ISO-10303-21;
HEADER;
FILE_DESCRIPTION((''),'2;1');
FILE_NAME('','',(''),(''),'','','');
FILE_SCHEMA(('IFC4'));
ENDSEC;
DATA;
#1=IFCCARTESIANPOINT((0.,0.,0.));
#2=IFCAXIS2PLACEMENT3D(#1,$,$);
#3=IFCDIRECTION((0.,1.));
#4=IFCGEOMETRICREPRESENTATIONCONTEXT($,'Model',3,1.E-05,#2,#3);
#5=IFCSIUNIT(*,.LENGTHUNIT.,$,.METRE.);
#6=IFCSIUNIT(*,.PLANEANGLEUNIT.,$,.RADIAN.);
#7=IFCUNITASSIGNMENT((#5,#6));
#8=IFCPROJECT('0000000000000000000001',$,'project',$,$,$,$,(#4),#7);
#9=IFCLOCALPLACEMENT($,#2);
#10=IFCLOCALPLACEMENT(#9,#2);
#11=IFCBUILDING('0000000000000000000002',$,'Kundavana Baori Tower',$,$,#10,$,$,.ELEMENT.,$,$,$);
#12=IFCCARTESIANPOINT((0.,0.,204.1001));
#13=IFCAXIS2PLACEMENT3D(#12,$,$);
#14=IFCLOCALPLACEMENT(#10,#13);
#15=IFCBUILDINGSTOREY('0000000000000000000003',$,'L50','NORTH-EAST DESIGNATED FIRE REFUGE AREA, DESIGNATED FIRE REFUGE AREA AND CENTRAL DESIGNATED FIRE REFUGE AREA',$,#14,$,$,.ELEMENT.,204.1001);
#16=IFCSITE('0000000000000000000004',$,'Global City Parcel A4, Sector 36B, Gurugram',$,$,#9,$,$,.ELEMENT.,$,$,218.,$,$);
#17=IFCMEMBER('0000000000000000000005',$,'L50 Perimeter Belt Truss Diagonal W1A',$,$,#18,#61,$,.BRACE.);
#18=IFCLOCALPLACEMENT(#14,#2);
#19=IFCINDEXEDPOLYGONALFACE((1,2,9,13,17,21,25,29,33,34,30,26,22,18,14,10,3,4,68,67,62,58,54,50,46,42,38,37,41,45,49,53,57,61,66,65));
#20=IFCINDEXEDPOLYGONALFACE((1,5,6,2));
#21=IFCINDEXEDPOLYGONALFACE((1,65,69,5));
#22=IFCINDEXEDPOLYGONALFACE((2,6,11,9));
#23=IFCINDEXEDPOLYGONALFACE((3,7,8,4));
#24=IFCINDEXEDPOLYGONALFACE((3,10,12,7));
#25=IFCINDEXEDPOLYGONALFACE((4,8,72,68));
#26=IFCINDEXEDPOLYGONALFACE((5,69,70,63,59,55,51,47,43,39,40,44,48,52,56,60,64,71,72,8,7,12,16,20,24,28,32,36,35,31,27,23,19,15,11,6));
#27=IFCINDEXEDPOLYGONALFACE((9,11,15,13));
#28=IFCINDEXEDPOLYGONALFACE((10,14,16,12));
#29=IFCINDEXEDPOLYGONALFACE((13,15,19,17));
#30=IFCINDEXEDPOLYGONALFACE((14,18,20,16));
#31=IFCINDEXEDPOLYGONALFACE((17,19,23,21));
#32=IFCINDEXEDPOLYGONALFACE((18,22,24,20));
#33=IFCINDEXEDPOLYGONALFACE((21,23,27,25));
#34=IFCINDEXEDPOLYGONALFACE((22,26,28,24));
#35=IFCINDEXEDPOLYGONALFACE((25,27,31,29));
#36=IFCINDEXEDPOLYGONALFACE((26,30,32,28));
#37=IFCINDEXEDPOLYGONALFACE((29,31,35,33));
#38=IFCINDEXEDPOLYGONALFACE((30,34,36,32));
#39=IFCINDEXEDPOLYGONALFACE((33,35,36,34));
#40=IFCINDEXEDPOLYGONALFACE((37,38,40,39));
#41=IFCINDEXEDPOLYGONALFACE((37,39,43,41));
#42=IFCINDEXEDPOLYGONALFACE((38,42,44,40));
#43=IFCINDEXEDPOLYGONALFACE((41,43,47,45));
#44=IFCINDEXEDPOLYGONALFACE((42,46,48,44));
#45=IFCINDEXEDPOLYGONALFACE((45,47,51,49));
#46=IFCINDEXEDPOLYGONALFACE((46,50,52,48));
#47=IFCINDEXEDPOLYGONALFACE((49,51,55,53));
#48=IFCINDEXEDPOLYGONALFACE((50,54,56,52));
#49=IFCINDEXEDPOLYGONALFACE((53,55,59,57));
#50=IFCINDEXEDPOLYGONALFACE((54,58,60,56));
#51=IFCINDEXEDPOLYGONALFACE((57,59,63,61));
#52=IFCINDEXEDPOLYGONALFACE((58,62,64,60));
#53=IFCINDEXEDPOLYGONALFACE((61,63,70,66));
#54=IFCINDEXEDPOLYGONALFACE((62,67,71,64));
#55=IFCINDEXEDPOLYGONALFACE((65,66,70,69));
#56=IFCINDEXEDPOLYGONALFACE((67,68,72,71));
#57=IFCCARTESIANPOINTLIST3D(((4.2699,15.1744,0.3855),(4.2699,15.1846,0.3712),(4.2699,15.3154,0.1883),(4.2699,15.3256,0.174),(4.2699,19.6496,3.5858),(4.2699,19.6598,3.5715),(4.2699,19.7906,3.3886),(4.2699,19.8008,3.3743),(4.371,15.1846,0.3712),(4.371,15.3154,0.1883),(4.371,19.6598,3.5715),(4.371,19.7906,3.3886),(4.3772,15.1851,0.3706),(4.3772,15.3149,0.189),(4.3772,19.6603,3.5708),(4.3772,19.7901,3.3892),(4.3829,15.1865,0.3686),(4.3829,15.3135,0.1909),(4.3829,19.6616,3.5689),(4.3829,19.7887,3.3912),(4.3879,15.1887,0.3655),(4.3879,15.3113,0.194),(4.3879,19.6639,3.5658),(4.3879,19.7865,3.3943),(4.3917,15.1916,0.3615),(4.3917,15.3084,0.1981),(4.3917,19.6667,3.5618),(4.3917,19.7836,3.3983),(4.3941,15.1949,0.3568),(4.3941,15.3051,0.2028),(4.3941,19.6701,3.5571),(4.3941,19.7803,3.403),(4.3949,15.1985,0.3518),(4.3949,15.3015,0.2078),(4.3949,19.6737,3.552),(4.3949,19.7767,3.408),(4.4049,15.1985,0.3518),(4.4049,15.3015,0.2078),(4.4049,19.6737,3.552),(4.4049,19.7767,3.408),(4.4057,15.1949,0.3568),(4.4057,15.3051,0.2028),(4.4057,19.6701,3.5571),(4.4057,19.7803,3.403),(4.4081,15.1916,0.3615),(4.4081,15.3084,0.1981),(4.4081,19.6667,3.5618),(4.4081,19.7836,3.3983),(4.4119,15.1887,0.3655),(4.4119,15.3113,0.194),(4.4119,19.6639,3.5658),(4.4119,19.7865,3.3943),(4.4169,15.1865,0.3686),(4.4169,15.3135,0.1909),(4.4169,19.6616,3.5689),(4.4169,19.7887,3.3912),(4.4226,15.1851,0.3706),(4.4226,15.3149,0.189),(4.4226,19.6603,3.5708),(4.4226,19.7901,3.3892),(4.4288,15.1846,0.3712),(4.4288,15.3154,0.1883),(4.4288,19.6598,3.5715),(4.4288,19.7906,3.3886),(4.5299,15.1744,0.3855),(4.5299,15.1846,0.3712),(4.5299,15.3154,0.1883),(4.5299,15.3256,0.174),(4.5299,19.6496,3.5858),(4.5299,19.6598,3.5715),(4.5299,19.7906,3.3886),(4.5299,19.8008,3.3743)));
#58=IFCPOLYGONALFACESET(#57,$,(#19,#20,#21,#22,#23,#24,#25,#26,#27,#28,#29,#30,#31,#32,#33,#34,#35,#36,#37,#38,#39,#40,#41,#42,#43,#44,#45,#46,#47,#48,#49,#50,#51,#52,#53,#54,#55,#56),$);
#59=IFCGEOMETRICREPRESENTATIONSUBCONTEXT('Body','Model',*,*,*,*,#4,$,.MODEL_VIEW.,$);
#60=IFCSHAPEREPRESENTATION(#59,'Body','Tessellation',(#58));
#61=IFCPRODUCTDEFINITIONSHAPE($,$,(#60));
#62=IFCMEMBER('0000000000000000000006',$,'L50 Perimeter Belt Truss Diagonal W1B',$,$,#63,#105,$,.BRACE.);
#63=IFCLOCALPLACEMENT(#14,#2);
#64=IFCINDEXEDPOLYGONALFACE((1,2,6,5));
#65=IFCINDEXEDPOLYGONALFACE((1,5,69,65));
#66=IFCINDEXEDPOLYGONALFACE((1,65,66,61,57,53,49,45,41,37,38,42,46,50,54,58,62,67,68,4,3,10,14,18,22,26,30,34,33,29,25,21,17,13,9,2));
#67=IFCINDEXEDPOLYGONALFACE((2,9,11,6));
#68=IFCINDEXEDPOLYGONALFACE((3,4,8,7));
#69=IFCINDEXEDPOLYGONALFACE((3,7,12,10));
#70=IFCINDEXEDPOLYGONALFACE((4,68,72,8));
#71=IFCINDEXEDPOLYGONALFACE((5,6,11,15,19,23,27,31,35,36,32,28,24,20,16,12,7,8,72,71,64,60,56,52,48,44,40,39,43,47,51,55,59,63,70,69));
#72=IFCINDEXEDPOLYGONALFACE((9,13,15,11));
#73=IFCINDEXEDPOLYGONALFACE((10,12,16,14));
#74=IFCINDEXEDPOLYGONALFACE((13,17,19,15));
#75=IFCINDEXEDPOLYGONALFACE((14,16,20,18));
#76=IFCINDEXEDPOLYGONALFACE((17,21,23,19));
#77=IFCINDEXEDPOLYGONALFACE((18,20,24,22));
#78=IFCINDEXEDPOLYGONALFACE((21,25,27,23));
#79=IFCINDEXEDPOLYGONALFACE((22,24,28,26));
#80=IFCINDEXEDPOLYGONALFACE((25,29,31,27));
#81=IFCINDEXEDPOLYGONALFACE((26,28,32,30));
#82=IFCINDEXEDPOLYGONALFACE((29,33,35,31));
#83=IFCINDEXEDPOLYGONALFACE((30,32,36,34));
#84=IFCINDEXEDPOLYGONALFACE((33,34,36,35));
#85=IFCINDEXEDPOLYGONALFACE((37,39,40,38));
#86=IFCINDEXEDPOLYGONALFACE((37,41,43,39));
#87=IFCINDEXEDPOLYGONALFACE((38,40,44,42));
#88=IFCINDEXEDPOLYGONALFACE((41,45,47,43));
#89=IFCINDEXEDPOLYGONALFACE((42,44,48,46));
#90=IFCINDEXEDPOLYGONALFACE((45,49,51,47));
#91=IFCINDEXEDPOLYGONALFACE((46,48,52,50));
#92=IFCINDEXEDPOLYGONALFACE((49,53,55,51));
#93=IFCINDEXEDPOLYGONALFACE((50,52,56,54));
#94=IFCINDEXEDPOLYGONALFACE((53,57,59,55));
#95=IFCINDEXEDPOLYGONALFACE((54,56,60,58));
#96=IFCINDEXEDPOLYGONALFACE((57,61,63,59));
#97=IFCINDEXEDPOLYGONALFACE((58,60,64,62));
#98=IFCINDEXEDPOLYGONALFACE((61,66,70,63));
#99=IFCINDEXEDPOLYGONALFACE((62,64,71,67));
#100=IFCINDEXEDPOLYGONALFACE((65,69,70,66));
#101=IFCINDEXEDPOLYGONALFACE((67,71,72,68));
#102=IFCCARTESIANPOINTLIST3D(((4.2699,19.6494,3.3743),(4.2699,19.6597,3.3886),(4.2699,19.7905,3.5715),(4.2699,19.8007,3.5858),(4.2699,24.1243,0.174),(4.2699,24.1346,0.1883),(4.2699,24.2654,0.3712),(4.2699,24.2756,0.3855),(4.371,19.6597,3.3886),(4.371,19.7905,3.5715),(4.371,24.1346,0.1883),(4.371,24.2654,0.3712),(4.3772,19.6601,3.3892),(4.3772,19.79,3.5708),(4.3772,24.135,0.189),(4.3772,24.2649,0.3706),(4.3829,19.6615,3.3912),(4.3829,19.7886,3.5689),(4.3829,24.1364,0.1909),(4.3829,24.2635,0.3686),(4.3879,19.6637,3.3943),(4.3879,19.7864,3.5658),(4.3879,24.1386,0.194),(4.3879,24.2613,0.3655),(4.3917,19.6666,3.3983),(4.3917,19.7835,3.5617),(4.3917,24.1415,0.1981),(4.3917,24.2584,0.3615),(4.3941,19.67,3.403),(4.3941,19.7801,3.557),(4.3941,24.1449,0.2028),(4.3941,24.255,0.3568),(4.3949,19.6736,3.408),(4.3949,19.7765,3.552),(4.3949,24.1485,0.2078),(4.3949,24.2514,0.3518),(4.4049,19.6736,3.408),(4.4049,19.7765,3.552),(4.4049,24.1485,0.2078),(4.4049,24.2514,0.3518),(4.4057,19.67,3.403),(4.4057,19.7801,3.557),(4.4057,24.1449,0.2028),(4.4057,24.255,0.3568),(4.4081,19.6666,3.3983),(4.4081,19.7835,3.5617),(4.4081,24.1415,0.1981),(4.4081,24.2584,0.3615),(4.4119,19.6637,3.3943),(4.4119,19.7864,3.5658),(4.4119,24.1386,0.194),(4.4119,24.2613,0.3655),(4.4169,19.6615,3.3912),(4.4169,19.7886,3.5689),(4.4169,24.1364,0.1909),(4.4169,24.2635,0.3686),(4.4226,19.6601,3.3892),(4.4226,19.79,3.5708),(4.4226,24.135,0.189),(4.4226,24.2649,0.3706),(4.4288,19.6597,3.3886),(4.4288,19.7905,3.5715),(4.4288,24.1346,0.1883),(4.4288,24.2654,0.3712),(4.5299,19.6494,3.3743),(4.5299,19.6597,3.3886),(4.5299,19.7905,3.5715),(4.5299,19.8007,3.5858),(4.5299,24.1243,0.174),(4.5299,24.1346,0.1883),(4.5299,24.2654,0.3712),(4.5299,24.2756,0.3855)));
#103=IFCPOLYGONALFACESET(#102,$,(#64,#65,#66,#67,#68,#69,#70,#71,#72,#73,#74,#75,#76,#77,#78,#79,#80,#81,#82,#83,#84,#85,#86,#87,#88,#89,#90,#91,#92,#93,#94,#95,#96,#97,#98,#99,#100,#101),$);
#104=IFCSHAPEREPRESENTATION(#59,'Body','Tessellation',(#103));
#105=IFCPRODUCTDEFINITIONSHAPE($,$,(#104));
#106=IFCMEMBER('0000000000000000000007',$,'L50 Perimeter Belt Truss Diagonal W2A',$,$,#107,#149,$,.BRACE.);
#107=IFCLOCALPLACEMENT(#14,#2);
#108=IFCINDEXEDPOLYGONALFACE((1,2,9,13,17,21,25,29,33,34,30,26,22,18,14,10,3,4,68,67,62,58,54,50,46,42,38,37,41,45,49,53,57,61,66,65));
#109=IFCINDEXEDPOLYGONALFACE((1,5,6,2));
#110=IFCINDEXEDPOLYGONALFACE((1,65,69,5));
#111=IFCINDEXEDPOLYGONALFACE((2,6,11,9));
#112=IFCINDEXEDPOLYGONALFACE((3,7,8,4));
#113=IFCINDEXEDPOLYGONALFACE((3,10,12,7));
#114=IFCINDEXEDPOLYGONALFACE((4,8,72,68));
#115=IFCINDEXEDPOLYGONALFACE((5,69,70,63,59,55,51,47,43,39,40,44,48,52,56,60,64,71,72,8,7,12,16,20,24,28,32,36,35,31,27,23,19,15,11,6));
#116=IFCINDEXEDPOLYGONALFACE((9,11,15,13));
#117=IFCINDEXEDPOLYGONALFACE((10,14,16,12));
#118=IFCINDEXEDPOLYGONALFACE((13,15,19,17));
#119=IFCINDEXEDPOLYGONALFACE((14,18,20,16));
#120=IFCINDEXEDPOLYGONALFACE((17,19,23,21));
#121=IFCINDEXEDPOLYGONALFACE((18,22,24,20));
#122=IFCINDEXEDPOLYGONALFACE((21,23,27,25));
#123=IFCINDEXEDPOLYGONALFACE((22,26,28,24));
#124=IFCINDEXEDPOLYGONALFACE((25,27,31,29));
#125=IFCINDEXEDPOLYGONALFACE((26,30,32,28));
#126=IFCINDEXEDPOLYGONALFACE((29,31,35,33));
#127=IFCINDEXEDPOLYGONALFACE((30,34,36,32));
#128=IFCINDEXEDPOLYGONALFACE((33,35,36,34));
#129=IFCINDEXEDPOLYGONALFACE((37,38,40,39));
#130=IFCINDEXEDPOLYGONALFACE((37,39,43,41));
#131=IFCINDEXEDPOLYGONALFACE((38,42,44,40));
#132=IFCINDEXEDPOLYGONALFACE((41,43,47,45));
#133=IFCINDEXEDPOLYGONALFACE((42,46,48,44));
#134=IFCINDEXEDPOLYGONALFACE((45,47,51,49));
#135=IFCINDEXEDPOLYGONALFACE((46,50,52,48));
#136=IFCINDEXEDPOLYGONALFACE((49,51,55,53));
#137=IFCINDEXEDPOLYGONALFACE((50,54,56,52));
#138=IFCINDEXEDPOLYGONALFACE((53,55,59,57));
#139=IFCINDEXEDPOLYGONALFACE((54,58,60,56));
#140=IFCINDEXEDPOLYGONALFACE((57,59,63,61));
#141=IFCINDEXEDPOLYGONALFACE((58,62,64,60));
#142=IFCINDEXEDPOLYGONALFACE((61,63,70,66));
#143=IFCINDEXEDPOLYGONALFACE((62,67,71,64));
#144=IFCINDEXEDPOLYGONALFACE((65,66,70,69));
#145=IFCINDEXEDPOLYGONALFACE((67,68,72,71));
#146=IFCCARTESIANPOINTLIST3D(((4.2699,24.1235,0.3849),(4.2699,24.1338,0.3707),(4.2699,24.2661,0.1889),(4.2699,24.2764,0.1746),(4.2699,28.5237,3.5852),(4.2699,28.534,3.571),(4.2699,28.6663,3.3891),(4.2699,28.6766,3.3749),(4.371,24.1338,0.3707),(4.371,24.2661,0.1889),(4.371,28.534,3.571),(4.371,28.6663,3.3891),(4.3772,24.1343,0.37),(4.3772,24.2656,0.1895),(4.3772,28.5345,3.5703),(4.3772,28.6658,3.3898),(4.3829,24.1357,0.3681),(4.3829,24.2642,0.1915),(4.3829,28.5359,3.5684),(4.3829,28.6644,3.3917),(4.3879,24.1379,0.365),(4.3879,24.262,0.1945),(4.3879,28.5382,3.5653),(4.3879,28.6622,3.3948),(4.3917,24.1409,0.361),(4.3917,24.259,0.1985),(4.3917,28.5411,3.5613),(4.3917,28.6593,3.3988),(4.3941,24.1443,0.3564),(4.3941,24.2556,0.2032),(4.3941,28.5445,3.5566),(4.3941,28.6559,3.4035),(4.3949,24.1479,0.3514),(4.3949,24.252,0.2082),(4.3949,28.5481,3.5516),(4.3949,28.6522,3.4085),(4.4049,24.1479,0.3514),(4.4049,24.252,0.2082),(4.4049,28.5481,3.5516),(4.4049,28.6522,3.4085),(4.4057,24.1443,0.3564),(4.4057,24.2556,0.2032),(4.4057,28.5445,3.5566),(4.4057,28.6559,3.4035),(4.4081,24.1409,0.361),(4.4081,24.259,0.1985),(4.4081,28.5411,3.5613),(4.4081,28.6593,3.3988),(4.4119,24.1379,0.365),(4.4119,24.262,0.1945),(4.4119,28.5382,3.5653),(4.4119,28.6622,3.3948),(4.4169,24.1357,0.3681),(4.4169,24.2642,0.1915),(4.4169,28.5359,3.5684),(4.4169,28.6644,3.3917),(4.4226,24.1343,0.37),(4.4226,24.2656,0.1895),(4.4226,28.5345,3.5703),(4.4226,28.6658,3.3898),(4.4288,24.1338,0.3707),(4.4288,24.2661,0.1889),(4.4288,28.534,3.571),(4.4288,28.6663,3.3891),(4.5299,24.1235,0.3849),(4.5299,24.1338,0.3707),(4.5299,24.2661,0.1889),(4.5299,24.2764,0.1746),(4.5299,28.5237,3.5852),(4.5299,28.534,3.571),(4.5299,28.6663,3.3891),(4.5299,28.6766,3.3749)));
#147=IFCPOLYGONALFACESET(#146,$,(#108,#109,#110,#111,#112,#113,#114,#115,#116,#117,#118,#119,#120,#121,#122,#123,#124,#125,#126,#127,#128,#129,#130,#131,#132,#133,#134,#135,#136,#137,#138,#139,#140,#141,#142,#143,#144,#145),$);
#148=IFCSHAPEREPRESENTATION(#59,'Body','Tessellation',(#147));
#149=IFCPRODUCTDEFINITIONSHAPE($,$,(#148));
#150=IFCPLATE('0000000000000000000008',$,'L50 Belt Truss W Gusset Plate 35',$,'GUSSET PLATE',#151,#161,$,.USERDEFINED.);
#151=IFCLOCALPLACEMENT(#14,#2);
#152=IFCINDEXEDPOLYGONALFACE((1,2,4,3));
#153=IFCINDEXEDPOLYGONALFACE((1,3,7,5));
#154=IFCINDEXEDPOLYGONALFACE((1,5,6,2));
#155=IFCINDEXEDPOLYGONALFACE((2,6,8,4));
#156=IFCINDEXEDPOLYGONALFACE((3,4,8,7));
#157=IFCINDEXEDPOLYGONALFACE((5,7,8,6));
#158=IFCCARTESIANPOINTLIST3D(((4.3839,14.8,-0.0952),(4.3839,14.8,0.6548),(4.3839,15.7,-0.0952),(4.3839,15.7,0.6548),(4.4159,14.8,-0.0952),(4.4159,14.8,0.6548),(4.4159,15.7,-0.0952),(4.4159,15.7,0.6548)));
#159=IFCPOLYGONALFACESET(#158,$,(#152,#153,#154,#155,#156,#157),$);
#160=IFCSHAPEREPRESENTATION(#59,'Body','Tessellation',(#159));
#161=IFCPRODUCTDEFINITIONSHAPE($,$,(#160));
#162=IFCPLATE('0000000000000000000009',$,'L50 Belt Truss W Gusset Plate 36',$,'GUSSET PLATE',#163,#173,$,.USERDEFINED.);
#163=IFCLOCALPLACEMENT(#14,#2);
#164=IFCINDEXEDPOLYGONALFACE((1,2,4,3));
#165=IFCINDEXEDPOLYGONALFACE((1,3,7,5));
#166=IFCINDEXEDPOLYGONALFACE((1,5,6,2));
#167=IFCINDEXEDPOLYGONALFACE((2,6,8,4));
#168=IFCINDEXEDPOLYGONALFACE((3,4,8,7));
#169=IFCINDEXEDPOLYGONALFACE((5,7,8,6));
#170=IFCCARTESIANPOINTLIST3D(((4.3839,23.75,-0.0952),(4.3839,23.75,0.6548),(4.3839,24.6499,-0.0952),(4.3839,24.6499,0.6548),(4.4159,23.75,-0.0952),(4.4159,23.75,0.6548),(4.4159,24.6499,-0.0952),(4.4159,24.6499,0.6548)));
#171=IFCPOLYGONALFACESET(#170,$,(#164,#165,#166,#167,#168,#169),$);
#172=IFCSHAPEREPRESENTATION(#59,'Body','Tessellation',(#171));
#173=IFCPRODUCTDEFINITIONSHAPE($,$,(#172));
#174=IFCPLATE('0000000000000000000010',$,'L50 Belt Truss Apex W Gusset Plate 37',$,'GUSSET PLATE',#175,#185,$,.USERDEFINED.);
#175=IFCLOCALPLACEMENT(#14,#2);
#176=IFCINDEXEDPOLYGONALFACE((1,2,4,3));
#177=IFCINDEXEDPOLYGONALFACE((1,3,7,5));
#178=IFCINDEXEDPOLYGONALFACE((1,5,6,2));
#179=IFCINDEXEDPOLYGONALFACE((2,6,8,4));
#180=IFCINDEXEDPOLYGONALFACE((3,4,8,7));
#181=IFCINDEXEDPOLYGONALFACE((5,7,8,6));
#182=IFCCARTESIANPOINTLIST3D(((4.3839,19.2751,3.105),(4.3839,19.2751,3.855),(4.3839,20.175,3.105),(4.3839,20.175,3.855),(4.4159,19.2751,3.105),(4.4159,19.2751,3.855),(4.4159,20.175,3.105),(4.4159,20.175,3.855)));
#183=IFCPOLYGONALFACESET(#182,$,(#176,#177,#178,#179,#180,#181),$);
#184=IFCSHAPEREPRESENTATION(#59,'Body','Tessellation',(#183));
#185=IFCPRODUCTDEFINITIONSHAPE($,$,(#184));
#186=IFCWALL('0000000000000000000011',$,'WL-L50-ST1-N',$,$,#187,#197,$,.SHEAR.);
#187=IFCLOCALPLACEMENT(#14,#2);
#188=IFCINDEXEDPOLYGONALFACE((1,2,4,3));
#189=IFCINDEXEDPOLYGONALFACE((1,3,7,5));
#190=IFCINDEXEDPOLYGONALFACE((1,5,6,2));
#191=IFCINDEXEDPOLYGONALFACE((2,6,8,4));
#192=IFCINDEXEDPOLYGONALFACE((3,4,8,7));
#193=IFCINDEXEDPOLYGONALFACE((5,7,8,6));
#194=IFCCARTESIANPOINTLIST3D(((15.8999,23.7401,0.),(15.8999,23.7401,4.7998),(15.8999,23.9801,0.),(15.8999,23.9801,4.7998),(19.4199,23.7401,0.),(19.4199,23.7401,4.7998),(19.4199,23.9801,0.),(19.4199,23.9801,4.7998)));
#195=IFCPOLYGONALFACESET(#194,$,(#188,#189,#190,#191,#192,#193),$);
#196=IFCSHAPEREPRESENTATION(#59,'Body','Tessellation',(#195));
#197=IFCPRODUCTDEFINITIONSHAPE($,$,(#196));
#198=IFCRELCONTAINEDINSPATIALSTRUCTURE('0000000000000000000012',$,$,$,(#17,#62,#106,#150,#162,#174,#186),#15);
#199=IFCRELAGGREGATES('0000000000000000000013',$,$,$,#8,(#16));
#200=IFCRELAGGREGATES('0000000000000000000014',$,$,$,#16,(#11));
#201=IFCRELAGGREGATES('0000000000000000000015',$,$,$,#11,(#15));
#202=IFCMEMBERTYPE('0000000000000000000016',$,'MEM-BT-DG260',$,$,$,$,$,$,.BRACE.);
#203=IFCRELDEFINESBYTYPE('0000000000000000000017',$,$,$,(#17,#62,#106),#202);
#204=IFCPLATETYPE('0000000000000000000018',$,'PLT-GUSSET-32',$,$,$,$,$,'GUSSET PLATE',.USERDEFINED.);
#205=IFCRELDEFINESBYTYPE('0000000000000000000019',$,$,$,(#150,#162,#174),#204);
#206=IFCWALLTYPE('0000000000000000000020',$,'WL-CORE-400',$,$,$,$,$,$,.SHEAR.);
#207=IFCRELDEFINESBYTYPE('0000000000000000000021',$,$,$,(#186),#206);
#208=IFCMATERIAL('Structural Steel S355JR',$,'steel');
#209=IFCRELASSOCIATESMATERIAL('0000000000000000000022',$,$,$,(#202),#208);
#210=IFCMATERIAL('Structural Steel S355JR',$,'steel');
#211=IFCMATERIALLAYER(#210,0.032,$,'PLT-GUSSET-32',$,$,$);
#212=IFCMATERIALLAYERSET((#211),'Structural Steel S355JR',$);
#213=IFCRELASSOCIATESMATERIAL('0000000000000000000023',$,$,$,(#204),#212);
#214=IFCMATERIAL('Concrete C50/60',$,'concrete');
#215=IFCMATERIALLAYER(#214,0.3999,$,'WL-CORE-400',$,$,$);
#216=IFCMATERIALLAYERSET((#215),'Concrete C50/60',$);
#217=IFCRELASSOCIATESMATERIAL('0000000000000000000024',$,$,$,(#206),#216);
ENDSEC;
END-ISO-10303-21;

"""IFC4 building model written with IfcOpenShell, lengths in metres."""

from ifc_helpers import new_model, si_unit, direction, frame, frame_2d, origin, origin_2d, place, context, subcontext, project, spatial, rectangle, i_section, extrude, material, layer, layer_set, material_profile, profile_set, type_object, element, save


model = new_model("IFC4")

# Units and contexts
model_context = context("Model", 3, precision=1e-05, world=origin(), true_north=direction((0.0, 1.0)))
body_context = subcontext(model_context, "Body", "Model", "MODEL_VIEW")
ifc_project = project(units=[si_unit("LENGTHUNIT", "METRE"), si_unit("PLANEANGLEUNIT", "RADIAN")], contexts=[model_context])

# Site, building, storey
site_placement = place(None, origin())
site = spatial("IfcSite", under=ifc_project, at=site_placement, Name="Global City Parcel A4, Sector 36B, Gurugram", CompositionType="ELEMENT", RefElevation=218.0)
building_placement = place(site_placement, origin())
building = spatial("IfcBuilding", under=site, at=building_placement, Name="Kundavana Baori Tower", CompositionType="ELEMENT")
storey_placement = place(building_placement, frame((0.0, 0.0, 204.1001)))
storey = spatial("IfcBuildingStorey", under=building, at=storey_placement, Name="L50", Description="NORTH-EAST DESIGNATED FIRE REFUGE AREA, DESIGNATED FIRE REFUGE AREA AND CENTRAL DESIGNATED FIRE REFUGE AREA", CompositionType="ELEMENT", Elevation=204.1001)

# Members
ifc_material_1 = material(Name="Structural Steel S355JR", Category="steel")
ifc_material_profile_1 = material_profile(ifc_material_1, i_section(OverallWidth=0.26, OverallDepth=0.26, WebThickness=0.01, FlangeThickness=0.0176, FilletRadius=0.0239, at=origin_2d()), Name="WPB 260x260x93")
ifc_profile_set_1 = profile_set([ifc_material_profile_1], Name="Structural Steel S355JR")
member_type_1 = type_object("IfcMemberType", Name="MEM-BT-DG260", PredefinedType="BRACE", material=ifc_profile_set_1)
member_1_placement = place(storey_placement, frame((4.3999, 15.25, 0.2798), z_axis=(0.0, 0.813416, 0.581683), x_axis=(-1.0, 0.0, 0.0)))
element("IfcMember", 1, at=member_1_placement, inside=storey, type_object=member_type_1, Name="L50 Perimeter Belt Truss Diagonal W1A", PredefinedType="BRACE", context=body_context, shape_type="SweptSolid", body=[
    extrude(i_section(OverallWidth=0.26, OverallDepth=0.26, WebThickness=0.01, FlangeThickness=0.0176, FilletRadius=0.0239, at=origin_2d()), origin(), (0.0, 0.0, 1.0), 5.5017),
])
member_2_placement = place(storey_placement, frame((4.3999, 24.2, 0.2798), z_axis=(0.0, -0.813401, 0.581704), x_axis=(1.0, 0.0, 0.0)))
element("IfcMember", 2, at=member_2_placement, inside=storey, type_object=member_type_1, Name="L50 Perimeter Belt Truss Diagonal W1B", PredefinedType="BRACE", context=body_context, shape_type="SweptSolid", body=[
    extrude(i_section(OverallWidth=0.26, OverallDepth=0.26, WebThickness=0.01, FlangeThickness=0.0176, FilletRadius=0.0239, at=origin_2d()), origin(), (0.0, 0.0, 1.0), 5.5015),
])
member_3_placement = place(storey_placement, frame((4.3999, 24.2, 0.2798), z_axis=(0.0, 0.808728, 0.588182), x_axis=(-1.0, 0.0, 0.0)))
element("IfcMember", 3, at=member_3_placement, inside=storey, type_object=member_type_1, Name="L50 Perimeter Belt Truss Diagonal W2A", PredefinedType="BRACE", context=body_context, shape_type="SweptSolid", body=[
    extrude(i_section(OverallWidth=0.26, OverallDepth=0.26, WebThickness=0.01, FlangeThickness=0.0176, FilletRadius=0.0239, at=origin_2d()), origin(), (0.0, 0.0, 1.0), 5.4409),
])

# Plates
ifc_material_2 = material(Name="Structural Steel S355JR", Category="steel")
ifc_layer_1 = layer(ifc_material_2, 0.032, Name="PLT-GUSSET-32")
ifc_layer_set_1 = layer_set([ifc_layer_1], Name="Structural Steel S355JR")
plate_type = type_object("IfcPlateType", Name="PLT-GUSSET-32", ElementType="GUSSET PLATE", PredefinedType="USERDEFINED", material=ifc_layer_set_1)
for number, where, z_axis, x_axis, name in (
    (4, (4.3999, 15.25, -0.0952), (0.0, 0.0, 1.0), (1.0, 0.0, 0.0), "L50 Belt Truss W Gusset Plate 35"),
    (5, (4.3999, 24.2, -0.0952), (0.0, 0.0, 1.0), (1.0, 0.0, 0.0), "L50 Belt Truss W Gusset Plate 36"),
    (6, (4.3999, 19.7251, 3.105), (0.0, 0.0, 1.0), (1.0, 0.0, 0.0), "L50 Belt Truss Apex W Gusset Plate 37"),
):
    element("IfcPlate", number, at=place(storey_placement, frame(where, z_axis=z_axis, x_axis=x_axis)), inside=storey, type_object=plate_type, Name=name, ObjectType="GUSSET PLATE", PredefinedType="USERDEFINED", context=body_context, shape_type="SweptSolid", body=[
        extrude(rectangle(XDim=0.032, YDim=0.8999, at=origin_2d()), origin(), (0.0, 0.0, 1.0), 0.75),
    ])

# Wall
ifc_material_3 = material(Name="Concrete C50/60", Category="concrete")
ifc_layer_2 = layer(ifc_material_3, 0.3999, Name="WL-CORE-400")
ifc_layer_set_2 = layer_set([ifc_layer_2], Name="Concrete C50/60")
wall_type_1 = type_object("IfcWallType", Name="WL-CORE-400", PredefinedType="SHEAR", material=ifc_layer_set_2)
wall_1_placement = place(storey_placement, frame((15.8999, 23.8601, 0.0), z_axis=(0.0, 0.0, 1.0), x_axis=(1.0, 0.0, 0.0)))
element("IfcWall", 7, at=wall_1_placement, inside=storey, type_object=wall_type_1, Name="WL-L50-ST1-N", PredefinedType="SHEAR", context=body_context, shape_type="SweptSolid", body=[
    extrude(rectangle(XDim=3.52, YDim=0.24, at=frame_2d((1.76, 0.0))), origin(), (0.0, 0.0, 1.0), 4.7998),
])

save(model, "model.ifc")
